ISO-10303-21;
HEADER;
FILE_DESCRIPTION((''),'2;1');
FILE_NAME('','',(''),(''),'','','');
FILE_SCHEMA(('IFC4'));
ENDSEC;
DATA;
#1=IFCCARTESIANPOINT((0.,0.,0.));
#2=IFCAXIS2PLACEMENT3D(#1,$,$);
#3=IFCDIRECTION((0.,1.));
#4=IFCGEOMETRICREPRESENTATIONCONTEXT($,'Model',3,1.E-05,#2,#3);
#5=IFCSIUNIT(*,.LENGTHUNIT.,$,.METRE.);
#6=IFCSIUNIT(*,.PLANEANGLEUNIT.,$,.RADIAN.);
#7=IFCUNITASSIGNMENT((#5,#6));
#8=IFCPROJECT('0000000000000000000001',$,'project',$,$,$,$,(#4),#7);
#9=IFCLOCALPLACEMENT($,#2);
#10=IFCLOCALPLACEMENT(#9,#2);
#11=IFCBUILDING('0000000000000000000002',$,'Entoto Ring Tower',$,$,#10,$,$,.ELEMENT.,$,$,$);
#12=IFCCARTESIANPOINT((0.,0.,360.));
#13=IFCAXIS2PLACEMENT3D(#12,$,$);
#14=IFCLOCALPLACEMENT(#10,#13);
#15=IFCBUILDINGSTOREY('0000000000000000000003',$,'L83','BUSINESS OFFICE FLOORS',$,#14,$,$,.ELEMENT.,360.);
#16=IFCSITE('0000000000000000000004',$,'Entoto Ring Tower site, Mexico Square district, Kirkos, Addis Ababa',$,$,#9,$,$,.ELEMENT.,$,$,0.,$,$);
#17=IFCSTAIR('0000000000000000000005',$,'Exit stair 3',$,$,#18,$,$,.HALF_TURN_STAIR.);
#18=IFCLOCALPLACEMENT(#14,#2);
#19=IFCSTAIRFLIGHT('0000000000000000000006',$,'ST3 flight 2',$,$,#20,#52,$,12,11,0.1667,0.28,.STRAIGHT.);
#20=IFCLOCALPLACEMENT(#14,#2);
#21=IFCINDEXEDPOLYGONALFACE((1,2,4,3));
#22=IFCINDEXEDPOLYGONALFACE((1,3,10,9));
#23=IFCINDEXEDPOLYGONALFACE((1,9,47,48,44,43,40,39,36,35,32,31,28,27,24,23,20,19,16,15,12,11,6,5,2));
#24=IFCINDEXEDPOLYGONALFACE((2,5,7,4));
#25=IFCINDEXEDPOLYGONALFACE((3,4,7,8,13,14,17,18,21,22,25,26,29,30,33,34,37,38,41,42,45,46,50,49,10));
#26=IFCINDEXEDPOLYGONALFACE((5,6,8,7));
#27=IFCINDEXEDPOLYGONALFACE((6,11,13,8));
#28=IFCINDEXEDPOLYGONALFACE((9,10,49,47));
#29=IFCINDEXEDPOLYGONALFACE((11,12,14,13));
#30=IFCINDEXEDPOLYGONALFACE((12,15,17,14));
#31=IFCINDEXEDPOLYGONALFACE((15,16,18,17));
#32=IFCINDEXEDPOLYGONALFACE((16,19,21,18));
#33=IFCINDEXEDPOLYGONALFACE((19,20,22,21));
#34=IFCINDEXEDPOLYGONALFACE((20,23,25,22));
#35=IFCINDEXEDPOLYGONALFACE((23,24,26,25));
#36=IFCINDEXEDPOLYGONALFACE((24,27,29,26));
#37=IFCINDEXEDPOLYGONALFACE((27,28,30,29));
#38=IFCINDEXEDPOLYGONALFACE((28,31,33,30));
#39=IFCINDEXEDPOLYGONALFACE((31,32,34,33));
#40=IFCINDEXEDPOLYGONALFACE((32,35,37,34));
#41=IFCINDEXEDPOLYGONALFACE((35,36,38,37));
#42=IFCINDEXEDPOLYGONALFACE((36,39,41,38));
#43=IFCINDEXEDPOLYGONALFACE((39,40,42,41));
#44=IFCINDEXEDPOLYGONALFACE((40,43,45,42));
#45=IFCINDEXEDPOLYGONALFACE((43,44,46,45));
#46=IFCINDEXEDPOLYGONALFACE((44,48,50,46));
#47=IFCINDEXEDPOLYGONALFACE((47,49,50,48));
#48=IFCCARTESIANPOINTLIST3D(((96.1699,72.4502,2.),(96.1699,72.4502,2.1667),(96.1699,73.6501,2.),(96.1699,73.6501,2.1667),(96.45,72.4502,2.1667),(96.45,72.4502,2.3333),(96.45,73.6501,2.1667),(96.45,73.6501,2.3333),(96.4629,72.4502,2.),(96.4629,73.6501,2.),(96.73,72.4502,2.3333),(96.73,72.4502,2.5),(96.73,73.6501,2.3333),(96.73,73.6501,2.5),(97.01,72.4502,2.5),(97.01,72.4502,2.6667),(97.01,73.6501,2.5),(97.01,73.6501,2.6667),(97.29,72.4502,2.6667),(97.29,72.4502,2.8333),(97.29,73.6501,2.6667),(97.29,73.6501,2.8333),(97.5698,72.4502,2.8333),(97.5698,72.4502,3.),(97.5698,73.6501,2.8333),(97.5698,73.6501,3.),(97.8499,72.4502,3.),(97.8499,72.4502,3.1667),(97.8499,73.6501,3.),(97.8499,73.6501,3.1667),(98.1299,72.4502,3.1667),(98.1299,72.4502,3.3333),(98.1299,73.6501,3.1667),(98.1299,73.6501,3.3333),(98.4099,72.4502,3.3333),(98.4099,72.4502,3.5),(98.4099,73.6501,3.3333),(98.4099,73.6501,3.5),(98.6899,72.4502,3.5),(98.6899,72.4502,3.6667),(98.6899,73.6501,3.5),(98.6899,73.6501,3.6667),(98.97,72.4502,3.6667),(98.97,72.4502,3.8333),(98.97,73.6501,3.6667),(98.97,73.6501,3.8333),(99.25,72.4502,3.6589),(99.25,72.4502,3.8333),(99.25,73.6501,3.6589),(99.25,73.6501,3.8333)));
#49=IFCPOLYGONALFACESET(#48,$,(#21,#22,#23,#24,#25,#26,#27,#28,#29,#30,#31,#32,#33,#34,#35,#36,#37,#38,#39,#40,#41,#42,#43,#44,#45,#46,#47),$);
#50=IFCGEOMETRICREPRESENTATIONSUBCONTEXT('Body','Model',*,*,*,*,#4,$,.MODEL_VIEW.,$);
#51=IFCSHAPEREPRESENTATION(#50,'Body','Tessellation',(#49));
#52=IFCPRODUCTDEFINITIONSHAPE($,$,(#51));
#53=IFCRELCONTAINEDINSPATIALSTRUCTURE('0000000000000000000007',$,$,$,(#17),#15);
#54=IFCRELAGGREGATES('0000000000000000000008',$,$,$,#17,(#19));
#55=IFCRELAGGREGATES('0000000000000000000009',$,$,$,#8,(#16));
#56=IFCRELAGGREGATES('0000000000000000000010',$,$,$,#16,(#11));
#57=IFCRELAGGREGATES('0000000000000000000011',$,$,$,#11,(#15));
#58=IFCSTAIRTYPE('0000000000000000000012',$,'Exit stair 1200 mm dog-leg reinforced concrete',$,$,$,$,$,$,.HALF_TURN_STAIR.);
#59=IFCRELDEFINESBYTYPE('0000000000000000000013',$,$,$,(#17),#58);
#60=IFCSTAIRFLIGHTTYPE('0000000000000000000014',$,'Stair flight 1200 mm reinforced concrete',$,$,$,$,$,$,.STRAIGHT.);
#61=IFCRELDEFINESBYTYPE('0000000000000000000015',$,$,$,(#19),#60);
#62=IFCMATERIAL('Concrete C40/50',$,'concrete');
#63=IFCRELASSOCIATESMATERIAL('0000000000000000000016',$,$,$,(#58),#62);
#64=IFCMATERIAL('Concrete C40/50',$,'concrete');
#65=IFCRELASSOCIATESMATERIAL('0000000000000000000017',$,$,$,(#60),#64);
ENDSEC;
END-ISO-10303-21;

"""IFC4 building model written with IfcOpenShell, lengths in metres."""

from ifc_helpers import new_model, si_unit, direction, frame, origin, place, context, subcontext, project, spatial, polyline, outline, extrude, material, type_object, element, aggregate, save


model = new_model("IFC4")

# Units and contexts
model_context = context("Model", 3, precision=1e-05, world=origin(), true_north=direction((0.0, 1.0)))
body_context = subcontext(model_context, "Body", "Model", "MODEL_VIEW")
ifc_project = project(units=[si_unit("LENGTHUNIT", "METRE"), si_unit("PLANEANGLEUNIT", "RADIAN")], contexts=[model_context])

# Site, building, storey
site_placement = place(None, origin())
site = spatial("IfcSite", under=ifc_project, at=site_placement, Name="Entoto Ring Tower site, Mexico Square district, Kirkos, Addis Ababa", CompositionType="ELEMENT", RefElevation=0.0)
building_placement = place(site_placement, origin())
building = spatial("IfcBuilding", under=site, at=building_placement, Name="Entoto Ring Tower", CompositionType="ELEMENT")
storey_placement = place(building_placement, frame((0.0, 0.0, 360.0)))
storey = spatial("IfcBuildingStorey", under=building, at=storey_placement, Name="L83", Description="BUSINESS OFFICE FLOORS", CompositionType="ELEMENT", Elevation=360.0)

# Stair, stair flight
ifc_material_1 = material(Name="Concrete C40/50", Category="concrete")
stair_type = type_object("IfcStairType", Name="Exit stair 1200 mm dog-leg reinforced concrete", PredefinedType="HALF_TURN_STAIR", material=ifc_material_1)
stair_placement = place(storey_placement, origin())
stair = element("IfcStair", 1, at=stair_placement, inside=storey, type_object=stair_type, Name="Exit stair 3", PredefinedType="HALF_TURN_STAIR")
ifc_material_2 = material(Name="Concrete C40/50", Category="concrete")
stair_flight_type = type_object("IfcStairFlightType", Name="Stair flight 1200 mm reinforced concrete", PredefinedType="STRAIGHT", material=ifc_material_2)
stair_flight_placement = place(storey_placement, frame((96.1699, 73.05, 2.0), z_axis=(0.0, 0.0, 1.0), x_axis=(1.0, 0.0, 0.0)))
stair_flight = element("IfcStairFlight", 2, at=stair_flight_placement, type_object=stair_flight_type, Name="ST3 flight 2", NumberOfRisers=12, NumberOfTreads=11, PredefinedType="STRAIGHT", RiserHeight=0.1667, TreadLength=0.28, context=body_context, shape_type="SweptSolid", body=[
    extrude(outline(polyline([(0.0, 0.0), (0.0, 0.1667), (0.28, 0.1667), (0.28, 0.3333), (0.5601, 0.3333), (0.5601, 0.5), (0.8401, 0.5), (0.8401, 0.6667), (1.1201, 0.6667), (1.1201, 0.8333), (1.3999, 0.8333), (1.3999, 1.0), (1.6799, 1.0), (1.6799, 1.1667), (1.96, 1.1667), (1.96, 1.3333), (2.24, 1.3333), (2.24, 1.5), (2.52, 1.5), (2.52, 1.6667), (2.8, 1.6667), (2.8, 1.8333), (3.0801, 1.8333), (3.0801, 2.0), (3.0801, 1.6589), (0.293, 0.0), (0.0, 0.0)])), frame((0.0, 0.6001, 0.0), z_axis=(0.0, -1.0, 0.0), x_axis=(1.0, 0.0, 0.0)), (0.0, 0.0, 1.0), 1.2),
])
aggregate(stair, [stair_flight])

save(model, "model.ifc")
